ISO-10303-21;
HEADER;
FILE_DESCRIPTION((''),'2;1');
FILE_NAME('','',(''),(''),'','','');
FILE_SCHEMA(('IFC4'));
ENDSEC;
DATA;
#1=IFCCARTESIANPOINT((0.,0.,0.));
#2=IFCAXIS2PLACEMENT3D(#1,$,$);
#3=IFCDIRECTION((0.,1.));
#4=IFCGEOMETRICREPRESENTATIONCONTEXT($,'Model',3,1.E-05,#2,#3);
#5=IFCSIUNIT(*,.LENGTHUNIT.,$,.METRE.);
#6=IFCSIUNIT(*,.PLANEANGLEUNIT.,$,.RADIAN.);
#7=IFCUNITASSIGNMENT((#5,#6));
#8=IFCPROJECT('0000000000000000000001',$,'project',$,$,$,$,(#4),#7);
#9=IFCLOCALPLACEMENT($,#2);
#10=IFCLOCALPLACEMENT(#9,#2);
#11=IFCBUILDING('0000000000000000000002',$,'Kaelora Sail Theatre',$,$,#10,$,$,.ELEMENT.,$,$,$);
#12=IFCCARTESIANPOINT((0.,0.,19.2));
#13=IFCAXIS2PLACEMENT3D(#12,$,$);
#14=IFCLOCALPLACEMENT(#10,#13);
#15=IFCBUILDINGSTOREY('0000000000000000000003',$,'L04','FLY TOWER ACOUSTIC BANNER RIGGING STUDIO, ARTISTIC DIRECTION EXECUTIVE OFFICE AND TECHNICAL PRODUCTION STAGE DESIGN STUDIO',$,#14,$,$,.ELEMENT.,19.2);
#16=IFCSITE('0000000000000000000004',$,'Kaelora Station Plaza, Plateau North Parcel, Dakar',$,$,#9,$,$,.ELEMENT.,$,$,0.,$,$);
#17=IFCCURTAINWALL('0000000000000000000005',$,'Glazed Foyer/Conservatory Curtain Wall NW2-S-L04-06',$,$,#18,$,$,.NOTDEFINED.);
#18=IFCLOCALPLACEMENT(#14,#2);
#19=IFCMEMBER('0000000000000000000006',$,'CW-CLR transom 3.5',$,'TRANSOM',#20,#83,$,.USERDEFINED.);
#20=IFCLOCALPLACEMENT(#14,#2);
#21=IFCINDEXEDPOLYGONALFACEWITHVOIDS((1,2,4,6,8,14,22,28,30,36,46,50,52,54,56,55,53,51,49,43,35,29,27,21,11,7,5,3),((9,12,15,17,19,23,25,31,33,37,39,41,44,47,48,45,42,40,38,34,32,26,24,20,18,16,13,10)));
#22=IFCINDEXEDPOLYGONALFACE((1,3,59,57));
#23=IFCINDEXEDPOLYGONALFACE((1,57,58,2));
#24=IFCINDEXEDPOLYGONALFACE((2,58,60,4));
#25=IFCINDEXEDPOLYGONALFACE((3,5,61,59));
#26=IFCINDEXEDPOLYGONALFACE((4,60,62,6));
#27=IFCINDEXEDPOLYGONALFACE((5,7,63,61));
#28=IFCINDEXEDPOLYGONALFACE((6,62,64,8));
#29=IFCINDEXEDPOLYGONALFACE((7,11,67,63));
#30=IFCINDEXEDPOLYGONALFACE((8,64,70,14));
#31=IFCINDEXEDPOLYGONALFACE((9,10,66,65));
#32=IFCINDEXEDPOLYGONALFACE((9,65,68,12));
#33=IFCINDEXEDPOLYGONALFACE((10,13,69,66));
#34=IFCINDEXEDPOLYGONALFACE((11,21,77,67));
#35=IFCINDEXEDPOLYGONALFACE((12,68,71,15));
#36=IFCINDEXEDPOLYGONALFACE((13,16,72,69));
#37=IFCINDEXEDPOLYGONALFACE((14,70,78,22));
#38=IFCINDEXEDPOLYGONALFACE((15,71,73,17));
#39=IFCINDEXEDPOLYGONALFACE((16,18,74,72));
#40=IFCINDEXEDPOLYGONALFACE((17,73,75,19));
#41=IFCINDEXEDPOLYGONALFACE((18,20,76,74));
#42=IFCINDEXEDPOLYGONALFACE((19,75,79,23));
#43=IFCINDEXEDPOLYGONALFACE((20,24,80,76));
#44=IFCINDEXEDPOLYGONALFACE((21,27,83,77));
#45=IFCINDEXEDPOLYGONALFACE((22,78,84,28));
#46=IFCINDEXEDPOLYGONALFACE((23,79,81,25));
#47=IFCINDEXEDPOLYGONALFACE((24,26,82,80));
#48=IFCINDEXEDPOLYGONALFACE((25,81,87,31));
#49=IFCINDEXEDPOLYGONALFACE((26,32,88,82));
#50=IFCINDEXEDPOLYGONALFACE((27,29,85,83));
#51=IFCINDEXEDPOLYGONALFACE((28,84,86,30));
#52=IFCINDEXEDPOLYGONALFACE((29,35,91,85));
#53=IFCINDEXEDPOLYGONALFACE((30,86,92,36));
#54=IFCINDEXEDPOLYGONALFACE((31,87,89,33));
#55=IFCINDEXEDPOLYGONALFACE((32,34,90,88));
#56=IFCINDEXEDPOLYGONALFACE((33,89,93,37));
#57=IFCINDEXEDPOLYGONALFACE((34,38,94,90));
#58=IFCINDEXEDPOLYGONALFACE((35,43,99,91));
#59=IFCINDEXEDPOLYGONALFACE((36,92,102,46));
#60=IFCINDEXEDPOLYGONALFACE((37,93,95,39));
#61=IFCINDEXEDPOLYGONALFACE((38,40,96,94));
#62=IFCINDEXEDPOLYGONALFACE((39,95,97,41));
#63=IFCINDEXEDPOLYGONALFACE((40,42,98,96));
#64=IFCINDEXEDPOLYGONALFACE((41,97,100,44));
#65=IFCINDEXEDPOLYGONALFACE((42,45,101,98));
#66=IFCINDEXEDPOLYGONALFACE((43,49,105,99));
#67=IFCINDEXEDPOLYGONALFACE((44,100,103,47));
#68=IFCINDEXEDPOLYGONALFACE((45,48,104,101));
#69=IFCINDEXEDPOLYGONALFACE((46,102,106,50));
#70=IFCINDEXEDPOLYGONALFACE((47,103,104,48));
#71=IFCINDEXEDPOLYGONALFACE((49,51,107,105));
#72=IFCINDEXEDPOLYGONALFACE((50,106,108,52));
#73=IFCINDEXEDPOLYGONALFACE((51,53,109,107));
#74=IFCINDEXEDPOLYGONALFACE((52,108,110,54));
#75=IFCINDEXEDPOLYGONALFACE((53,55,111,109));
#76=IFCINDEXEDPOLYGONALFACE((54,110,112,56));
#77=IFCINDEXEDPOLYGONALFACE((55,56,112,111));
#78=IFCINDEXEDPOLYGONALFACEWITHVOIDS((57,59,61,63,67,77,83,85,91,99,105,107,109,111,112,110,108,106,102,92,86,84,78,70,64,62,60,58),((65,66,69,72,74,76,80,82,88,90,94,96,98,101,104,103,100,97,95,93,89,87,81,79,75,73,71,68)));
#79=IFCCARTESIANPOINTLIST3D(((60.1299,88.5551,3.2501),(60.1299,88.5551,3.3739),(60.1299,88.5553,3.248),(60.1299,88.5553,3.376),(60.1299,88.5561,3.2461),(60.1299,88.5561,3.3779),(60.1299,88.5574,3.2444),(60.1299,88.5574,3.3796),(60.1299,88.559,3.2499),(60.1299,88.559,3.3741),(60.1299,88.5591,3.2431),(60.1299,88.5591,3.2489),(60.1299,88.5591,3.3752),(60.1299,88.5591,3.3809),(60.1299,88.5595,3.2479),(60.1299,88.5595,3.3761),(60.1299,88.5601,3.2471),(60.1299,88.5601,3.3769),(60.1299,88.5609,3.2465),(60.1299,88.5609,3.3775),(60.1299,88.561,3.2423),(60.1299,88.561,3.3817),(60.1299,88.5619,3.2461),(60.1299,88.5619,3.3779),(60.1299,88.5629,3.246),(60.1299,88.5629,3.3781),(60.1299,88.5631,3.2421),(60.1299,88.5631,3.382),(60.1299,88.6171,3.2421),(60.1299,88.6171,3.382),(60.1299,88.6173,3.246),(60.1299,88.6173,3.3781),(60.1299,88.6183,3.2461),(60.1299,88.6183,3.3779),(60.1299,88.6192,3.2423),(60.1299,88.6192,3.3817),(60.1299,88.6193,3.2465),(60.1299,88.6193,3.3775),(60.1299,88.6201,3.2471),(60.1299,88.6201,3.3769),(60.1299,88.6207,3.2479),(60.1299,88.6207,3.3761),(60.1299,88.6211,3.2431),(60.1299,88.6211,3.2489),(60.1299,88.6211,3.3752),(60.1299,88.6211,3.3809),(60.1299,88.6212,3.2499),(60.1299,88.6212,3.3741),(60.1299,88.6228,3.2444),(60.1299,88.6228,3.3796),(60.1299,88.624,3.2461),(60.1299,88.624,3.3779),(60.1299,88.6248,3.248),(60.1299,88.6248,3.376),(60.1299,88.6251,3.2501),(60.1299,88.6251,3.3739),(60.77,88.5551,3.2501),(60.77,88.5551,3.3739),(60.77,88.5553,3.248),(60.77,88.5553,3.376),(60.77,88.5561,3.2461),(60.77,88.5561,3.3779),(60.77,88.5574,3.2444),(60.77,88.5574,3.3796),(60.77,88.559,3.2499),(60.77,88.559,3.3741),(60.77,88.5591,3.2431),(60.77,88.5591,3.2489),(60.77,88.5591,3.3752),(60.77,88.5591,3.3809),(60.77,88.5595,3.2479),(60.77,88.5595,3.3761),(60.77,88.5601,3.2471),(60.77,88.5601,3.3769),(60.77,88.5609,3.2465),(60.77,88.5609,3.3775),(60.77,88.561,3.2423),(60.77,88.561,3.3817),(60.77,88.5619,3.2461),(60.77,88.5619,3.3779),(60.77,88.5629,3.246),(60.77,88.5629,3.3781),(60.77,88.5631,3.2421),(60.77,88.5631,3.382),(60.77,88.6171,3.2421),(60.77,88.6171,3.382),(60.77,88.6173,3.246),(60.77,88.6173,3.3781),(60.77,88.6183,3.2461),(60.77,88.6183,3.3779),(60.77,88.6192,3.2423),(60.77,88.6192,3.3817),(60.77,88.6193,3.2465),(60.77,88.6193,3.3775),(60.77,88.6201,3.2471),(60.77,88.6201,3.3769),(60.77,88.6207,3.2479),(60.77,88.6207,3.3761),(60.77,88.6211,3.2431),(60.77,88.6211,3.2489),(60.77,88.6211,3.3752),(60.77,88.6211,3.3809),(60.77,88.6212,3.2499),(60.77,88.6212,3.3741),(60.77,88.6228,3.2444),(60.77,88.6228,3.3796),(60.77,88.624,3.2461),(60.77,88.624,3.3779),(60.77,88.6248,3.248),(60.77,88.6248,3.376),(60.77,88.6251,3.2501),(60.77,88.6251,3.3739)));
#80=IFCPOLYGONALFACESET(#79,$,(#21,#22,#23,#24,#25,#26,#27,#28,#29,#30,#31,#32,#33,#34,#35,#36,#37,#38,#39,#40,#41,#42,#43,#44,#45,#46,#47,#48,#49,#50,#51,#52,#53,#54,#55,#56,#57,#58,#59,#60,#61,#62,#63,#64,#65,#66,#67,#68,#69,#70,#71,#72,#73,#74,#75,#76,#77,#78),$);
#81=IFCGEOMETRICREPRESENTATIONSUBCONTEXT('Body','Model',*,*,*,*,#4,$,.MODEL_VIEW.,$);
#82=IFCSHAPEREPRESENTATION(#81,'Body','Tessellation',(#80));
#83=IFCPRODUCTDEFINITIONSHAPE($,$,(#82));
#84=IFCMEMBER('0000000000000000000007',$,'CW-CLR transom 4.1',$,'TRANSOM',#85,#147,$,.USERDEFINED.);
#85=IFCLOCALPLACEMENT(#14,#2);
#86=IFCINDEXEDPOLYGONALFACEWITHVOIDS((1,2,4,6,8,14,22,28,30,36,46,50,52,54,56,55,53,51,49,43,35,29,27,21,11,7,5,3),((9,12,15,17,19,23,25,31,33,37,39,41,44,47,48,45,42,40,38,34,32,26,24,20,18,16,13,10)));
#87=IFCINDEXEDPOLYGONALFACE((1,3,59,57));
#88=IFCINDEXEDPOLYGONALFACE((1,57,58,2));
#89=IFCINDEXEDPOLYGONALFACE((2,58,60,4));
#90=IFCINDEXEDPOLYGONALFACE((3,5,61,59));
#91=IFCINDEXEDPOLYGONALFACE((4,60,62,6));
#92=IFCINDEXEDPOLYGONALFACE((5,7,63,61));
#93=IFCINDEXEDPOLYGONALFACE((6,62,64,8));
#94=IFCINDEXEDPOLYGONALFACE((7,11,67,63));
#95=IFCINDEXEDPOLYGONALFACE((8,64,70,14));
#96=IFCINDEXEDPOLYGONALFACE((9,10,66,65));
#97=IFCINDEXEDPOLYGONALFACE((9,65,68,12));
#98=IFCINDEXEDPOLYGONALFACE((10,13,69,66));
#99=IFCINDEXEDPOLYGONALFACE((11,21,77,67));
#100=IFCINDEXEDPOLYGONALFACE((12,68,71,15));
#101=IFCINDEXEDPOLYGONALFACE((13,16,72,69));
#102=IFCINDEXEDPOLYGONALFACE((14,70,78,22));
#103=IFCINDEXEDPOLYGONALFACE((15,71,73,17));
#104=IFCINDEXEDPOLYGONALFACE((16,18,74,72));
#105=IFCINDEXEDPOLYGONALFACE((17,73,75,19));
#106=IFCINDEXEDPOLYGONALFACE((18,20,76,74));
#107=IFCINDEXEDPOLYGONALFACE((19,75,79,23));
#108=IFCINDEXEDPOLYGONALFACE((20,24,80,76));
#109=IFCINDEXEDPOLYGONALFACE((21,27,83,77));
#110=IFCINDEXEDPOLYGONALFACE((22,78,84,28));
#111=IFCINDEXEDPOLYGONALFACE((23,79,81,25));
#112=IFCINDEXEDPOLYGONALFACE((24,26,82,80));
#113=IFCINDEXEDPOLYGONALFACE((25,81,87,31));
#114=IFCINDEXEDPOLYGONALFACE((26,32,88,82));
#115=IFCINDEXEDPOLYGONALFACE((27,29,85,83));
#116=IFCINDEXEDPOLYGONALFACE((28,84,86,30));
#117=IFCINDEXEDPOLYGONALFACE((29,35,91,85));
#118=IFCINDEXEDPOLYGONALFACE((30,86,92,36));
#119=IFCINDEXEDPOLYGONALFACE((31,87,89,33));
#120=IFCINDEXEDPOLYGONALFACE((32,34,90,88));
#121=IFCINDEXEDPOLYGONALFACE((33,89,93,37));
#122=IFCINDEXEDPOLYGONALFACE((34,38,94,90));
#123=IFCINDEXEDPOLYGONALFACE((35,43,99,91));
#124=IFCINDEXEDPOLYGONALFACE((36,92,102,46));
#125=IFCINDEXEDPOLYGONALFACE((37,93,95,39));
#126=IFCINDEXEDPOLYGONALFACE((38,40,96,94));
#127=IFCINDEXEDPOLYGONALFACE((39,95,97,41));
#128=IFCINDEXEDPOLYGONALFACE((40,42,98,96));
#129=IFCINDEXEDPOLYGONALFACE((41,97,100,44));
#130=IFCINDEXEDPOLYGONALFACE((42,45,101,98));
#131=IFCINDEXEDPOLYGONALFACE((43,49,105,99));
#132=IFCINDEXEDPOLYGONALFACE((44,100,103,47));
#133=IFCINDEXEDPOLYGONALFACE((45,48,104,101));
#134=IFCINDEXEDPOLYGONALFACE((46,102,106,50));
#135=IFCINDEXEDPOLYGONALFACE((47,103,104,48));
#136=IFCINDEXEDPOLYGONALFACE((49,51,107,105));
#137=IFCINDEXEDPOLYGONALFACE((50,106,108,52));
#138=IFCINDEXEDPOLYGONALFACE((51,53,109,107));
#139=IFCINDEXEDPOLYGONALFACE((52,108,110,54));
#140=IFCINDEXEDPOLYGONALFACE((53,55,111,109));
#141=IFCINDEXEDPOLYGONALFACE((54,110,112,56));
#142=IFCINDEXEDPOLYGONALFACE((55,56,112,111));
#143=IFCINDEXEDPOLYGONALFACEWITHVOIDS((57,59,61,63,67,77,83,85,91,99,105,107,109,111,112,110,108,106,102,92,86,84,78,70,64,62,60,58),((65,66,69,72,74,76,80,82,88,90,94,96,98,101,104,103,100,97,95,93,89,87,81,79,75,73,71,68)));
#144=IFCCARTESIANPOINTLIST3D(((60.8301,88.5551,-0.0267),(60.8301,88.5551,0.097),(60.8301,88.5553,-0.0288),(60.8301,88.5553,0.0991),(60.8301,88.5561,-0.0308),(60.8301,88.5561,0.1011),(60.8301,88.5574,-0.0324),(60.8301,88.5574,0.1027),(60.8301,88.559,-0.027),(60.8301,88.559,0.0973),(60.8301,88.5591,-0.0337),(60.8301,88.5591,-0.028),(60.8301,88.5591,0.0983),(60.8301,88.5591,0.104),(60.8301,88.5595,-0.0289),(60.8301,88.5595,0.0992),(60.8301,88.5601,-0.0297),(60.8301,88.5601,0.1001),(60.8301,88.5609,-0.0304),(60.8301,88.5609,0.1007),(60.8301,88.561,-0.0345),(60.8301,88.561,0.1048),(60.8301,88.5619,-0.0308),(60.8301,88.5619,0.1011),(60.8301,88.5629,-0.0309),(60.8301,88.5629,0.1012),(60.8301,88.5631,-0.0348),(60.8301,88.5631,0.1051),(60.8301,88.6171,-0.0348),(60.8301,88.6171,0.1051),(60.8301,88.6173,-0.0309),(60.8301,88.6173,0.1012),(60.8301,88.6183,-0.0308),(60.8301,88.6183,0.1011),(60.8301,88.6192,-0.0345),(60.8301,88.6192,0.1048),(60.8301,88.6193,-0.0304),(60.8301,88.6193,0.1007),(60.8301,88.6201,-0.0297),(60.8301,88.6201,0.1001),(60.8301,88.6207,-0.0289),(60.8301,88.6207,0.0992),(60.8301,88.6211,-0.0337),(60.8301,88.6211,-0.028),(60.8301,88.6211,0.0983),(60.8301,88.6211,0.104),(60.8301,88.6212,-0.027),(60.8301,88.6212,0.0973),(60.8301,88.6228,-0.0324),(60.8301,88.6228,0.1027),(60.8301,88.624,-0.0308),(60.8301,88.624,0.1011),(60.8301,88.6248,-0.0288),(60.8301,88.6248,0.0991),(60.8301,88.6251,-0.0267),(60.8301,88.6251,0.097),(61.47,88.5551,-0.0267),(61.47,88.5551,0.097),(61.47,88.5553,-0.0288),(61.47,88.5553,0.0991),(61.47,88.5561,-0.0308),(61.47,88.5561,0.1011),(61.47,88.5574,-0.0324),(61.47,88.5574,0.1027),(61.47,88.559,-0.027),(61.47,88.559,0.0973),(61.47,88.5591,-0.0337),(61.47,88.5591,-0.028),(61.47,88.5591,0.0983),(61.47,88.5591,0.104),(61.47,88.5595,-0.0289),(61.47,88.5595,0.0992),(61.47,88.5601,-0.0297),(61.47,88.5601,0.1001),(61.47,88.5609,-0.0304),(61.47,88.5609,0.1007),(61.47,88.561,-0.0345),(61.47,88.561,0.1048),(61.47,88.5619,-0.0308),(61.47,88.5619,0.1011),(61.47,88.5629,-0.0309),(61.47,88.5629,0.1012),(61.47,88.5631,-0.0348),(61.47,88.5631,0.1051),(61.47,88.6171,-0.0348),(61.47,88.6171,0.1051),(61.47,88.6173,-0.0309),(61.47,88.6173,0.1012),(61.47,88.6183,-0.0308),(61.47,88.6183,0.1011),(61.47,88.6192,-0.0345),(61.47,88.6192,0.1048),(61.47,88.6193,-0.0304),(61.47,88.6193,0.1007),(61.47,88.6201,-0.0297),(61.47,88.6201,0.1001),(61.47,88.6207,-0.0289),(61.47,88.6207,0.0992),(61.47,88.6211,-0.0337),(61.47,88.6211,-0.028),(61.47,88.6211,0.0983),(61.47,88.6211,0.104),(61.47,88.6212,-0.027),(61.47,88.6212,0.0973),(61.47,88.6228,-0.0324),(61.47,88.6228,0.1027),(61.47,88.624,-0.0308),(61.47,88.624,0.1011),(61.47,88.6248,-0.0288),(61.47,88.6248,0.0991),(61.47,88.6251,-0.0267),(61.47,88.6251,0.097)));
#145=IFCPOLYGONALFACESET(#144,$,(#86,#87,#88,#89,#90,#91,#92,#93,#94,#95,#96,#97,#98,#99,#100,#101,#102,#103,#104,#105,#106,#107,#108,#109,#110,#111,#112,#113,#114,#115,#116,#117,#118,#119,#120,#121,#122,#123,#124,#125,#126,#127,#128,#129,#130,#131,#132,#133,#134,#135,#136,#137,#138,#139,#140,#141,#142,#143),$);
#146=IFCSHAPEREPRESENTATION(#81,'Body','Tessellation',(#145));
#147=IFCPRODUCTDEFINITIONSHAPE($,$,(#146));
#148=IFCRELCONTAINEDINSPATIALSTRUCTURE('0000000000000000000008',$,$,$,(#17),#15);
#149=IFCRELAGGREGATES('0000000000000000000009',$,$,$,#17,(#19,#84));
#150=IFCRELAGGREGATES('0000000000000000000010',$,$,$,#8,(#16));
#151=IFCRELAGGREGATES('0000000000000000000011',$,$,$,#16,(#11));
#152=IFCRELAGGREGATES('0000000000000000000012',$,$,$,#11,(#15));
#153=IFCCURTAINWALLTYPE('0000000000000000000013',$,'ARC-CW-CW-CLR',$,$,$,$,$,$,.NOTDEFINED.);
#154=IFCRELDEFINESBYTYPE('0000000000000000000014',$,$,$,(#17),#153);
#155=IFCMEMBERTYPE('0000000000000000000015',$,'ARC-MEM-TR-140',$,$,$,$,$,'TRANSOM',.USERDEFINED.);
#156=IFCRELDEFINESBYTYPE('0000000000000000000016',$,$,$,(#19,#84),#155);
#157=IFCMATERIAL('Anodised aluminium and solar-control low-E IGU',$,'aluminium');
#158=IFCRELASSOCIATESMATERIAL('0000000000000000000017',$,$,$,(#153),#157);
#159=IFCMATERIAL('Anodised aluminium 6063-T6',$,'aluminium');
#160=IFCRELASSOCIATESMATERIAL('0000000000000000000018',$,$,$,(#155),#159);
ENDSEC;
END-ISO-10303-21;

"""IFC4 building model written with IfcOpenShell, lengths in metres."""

from ifc_helpers import new_model, si_unit, direction, frame, origin, origin_2d, place, context, subcontext, project, spatial, hollow_rectangle, extrude, material, material_profile, profile_set, type_object, element, aggregate, save


model = new_model("IFC4")

# Units and contexts
model_context = context("Model", 3, precision=1e-05, world=origin(), true_north=direction((0.0, 1.0)))
body_context = subcontext(model_context, "Body", "Model", "MODEL_VIEW")
ifc_project = project(units=[si_unit("LENGTHUNIT", "METRE"), si_unit("PLANEANGLEUNIT", "RADIAN")], contexts=[model_context])

# Site, building, storey
site_placement = place(None, origin())
site = spatial("IfcSite", under=ifc_project, at=site_placement, Name="Kaelora Station Plaza, Plateau North Parcel, Dakar", CompositionType="ELEMENT", RefElevation=0.0)
building_placement = place(site_placement, origin())
building = spatial("IfcBuilding", under=site, at=building_placement, Name="Kaelora Sail Theatre", CompositionType="ELEMENT")
storey_placement = place(building_placement, frame((0.0, 0.0, 19.2)))
storey = spatial("IfcBuildingStorey", under=building, at=storey_placement, Name="L04", Description="FLY TOWER ACOUSTIC BANNER RIGGING STUDIO, ARTISTIC DIRECTION EXECUTIVE OFFICE AND TECHNICAL PRODUCTION STAGE DESIGN STUDIO", CompositionType="ELEMENT", Elevation=19.2)

# Curtain wall, members
ifc_material_1 = material(Name="Anodised aluminium and solar-control low-E IGU", Category="aluminium")
curtain_wall_type = type_object("IfcCurtainWallType", Name="ARC-CW-CW-CLR", PredefinedType="NOTDEFINED", material=ifc_material_1)
curtain_wall_placement = place(storey_placement, origin())
curtain_wall = element("IfcCurtainWall", 1, at=curtain_wall_placement, inside=storey, type_object=curtain_wall_type, Name="Glazed Foyer/Conservatory Curtain Wall NW2-S-L04-06", PredefinedType="NOTDEFINED")
ifc_material_2 = material(Name="Anodised aluminium 6063-T6", Category="aluminium")
ifc_material_profile_1 = material_profile(ifc_material_2, hollow_rectangle(XDim=0.0701, YDim=0.1399, WallThickness=0.0039, InnerFilletRadius=0.0039, OuterFilletRadius=0.0081, at=origin_2d()), Name="ALU-TRAN 70x140x4")
ifc_profile_set_1 = profile_set([ifc_material_profile_1], Name="Anodised aluminium 6063-T6")
member_type_1 = type_object("IfcMemberType", Name="ARC-MEM-TR-140", ElementType="TRANSOM", PredefinedType="USERDEFINED", material=ifc_profile_set_1)
member_1_placement = place(storey_placement, frame((60.1299, 88.5901, 3.312), z_axis=(1.0, 0.0, 0.0), x_axis=(0.0, 1.0, 0.0)))
member_1 = element("IfcMember", 2, at=member_1_placement, type_object=member_type_1, Name="CW-CLR transom 3.5", ObjectType="TRANSOM", PredefinedType="USERDEFINED", context=body_context, shape_type="SweptSolid", body=[
    extrude(hollow_rectangle(XDim=0.0701, YDim=0.1399, WallThickness=0.0039, InnerFilletRadius=0.0039, OuterFilletRadius=0.0081, at=origin_2d()), origin(), (0.0, 0.0, 1.0), 0.6401),
])
member_2_placement = place(storey_placement, frame((60.8301, 88.5901, 0.0352), z_axis=(1.0, 0.0, 0.0), x_axis=(0.0, 1.0, 0.0)))
member_2 = element("IfcMember", 3, at=member_2_placement, type_object=member_type_1, Name="CW-CLR transom 4.1", ObjectType="TRANSOM", PredefinedType="USERDEFINED", context=body_context, shape_type="SweptSolid", body=[
    extrude(hollow_rectangle(XDim=0.0701, YDim=0.1399, WallThickness=0.0039, InnerFilletRadius=0.0039, OuterFilletRadius=0.0081, at=origin_2d()), origin(), (0.0, 0.0, 1.0), 0.6399),
])

aggregate(curtain_wall, [member_1, member_2])

save(model, "model.ifc")
